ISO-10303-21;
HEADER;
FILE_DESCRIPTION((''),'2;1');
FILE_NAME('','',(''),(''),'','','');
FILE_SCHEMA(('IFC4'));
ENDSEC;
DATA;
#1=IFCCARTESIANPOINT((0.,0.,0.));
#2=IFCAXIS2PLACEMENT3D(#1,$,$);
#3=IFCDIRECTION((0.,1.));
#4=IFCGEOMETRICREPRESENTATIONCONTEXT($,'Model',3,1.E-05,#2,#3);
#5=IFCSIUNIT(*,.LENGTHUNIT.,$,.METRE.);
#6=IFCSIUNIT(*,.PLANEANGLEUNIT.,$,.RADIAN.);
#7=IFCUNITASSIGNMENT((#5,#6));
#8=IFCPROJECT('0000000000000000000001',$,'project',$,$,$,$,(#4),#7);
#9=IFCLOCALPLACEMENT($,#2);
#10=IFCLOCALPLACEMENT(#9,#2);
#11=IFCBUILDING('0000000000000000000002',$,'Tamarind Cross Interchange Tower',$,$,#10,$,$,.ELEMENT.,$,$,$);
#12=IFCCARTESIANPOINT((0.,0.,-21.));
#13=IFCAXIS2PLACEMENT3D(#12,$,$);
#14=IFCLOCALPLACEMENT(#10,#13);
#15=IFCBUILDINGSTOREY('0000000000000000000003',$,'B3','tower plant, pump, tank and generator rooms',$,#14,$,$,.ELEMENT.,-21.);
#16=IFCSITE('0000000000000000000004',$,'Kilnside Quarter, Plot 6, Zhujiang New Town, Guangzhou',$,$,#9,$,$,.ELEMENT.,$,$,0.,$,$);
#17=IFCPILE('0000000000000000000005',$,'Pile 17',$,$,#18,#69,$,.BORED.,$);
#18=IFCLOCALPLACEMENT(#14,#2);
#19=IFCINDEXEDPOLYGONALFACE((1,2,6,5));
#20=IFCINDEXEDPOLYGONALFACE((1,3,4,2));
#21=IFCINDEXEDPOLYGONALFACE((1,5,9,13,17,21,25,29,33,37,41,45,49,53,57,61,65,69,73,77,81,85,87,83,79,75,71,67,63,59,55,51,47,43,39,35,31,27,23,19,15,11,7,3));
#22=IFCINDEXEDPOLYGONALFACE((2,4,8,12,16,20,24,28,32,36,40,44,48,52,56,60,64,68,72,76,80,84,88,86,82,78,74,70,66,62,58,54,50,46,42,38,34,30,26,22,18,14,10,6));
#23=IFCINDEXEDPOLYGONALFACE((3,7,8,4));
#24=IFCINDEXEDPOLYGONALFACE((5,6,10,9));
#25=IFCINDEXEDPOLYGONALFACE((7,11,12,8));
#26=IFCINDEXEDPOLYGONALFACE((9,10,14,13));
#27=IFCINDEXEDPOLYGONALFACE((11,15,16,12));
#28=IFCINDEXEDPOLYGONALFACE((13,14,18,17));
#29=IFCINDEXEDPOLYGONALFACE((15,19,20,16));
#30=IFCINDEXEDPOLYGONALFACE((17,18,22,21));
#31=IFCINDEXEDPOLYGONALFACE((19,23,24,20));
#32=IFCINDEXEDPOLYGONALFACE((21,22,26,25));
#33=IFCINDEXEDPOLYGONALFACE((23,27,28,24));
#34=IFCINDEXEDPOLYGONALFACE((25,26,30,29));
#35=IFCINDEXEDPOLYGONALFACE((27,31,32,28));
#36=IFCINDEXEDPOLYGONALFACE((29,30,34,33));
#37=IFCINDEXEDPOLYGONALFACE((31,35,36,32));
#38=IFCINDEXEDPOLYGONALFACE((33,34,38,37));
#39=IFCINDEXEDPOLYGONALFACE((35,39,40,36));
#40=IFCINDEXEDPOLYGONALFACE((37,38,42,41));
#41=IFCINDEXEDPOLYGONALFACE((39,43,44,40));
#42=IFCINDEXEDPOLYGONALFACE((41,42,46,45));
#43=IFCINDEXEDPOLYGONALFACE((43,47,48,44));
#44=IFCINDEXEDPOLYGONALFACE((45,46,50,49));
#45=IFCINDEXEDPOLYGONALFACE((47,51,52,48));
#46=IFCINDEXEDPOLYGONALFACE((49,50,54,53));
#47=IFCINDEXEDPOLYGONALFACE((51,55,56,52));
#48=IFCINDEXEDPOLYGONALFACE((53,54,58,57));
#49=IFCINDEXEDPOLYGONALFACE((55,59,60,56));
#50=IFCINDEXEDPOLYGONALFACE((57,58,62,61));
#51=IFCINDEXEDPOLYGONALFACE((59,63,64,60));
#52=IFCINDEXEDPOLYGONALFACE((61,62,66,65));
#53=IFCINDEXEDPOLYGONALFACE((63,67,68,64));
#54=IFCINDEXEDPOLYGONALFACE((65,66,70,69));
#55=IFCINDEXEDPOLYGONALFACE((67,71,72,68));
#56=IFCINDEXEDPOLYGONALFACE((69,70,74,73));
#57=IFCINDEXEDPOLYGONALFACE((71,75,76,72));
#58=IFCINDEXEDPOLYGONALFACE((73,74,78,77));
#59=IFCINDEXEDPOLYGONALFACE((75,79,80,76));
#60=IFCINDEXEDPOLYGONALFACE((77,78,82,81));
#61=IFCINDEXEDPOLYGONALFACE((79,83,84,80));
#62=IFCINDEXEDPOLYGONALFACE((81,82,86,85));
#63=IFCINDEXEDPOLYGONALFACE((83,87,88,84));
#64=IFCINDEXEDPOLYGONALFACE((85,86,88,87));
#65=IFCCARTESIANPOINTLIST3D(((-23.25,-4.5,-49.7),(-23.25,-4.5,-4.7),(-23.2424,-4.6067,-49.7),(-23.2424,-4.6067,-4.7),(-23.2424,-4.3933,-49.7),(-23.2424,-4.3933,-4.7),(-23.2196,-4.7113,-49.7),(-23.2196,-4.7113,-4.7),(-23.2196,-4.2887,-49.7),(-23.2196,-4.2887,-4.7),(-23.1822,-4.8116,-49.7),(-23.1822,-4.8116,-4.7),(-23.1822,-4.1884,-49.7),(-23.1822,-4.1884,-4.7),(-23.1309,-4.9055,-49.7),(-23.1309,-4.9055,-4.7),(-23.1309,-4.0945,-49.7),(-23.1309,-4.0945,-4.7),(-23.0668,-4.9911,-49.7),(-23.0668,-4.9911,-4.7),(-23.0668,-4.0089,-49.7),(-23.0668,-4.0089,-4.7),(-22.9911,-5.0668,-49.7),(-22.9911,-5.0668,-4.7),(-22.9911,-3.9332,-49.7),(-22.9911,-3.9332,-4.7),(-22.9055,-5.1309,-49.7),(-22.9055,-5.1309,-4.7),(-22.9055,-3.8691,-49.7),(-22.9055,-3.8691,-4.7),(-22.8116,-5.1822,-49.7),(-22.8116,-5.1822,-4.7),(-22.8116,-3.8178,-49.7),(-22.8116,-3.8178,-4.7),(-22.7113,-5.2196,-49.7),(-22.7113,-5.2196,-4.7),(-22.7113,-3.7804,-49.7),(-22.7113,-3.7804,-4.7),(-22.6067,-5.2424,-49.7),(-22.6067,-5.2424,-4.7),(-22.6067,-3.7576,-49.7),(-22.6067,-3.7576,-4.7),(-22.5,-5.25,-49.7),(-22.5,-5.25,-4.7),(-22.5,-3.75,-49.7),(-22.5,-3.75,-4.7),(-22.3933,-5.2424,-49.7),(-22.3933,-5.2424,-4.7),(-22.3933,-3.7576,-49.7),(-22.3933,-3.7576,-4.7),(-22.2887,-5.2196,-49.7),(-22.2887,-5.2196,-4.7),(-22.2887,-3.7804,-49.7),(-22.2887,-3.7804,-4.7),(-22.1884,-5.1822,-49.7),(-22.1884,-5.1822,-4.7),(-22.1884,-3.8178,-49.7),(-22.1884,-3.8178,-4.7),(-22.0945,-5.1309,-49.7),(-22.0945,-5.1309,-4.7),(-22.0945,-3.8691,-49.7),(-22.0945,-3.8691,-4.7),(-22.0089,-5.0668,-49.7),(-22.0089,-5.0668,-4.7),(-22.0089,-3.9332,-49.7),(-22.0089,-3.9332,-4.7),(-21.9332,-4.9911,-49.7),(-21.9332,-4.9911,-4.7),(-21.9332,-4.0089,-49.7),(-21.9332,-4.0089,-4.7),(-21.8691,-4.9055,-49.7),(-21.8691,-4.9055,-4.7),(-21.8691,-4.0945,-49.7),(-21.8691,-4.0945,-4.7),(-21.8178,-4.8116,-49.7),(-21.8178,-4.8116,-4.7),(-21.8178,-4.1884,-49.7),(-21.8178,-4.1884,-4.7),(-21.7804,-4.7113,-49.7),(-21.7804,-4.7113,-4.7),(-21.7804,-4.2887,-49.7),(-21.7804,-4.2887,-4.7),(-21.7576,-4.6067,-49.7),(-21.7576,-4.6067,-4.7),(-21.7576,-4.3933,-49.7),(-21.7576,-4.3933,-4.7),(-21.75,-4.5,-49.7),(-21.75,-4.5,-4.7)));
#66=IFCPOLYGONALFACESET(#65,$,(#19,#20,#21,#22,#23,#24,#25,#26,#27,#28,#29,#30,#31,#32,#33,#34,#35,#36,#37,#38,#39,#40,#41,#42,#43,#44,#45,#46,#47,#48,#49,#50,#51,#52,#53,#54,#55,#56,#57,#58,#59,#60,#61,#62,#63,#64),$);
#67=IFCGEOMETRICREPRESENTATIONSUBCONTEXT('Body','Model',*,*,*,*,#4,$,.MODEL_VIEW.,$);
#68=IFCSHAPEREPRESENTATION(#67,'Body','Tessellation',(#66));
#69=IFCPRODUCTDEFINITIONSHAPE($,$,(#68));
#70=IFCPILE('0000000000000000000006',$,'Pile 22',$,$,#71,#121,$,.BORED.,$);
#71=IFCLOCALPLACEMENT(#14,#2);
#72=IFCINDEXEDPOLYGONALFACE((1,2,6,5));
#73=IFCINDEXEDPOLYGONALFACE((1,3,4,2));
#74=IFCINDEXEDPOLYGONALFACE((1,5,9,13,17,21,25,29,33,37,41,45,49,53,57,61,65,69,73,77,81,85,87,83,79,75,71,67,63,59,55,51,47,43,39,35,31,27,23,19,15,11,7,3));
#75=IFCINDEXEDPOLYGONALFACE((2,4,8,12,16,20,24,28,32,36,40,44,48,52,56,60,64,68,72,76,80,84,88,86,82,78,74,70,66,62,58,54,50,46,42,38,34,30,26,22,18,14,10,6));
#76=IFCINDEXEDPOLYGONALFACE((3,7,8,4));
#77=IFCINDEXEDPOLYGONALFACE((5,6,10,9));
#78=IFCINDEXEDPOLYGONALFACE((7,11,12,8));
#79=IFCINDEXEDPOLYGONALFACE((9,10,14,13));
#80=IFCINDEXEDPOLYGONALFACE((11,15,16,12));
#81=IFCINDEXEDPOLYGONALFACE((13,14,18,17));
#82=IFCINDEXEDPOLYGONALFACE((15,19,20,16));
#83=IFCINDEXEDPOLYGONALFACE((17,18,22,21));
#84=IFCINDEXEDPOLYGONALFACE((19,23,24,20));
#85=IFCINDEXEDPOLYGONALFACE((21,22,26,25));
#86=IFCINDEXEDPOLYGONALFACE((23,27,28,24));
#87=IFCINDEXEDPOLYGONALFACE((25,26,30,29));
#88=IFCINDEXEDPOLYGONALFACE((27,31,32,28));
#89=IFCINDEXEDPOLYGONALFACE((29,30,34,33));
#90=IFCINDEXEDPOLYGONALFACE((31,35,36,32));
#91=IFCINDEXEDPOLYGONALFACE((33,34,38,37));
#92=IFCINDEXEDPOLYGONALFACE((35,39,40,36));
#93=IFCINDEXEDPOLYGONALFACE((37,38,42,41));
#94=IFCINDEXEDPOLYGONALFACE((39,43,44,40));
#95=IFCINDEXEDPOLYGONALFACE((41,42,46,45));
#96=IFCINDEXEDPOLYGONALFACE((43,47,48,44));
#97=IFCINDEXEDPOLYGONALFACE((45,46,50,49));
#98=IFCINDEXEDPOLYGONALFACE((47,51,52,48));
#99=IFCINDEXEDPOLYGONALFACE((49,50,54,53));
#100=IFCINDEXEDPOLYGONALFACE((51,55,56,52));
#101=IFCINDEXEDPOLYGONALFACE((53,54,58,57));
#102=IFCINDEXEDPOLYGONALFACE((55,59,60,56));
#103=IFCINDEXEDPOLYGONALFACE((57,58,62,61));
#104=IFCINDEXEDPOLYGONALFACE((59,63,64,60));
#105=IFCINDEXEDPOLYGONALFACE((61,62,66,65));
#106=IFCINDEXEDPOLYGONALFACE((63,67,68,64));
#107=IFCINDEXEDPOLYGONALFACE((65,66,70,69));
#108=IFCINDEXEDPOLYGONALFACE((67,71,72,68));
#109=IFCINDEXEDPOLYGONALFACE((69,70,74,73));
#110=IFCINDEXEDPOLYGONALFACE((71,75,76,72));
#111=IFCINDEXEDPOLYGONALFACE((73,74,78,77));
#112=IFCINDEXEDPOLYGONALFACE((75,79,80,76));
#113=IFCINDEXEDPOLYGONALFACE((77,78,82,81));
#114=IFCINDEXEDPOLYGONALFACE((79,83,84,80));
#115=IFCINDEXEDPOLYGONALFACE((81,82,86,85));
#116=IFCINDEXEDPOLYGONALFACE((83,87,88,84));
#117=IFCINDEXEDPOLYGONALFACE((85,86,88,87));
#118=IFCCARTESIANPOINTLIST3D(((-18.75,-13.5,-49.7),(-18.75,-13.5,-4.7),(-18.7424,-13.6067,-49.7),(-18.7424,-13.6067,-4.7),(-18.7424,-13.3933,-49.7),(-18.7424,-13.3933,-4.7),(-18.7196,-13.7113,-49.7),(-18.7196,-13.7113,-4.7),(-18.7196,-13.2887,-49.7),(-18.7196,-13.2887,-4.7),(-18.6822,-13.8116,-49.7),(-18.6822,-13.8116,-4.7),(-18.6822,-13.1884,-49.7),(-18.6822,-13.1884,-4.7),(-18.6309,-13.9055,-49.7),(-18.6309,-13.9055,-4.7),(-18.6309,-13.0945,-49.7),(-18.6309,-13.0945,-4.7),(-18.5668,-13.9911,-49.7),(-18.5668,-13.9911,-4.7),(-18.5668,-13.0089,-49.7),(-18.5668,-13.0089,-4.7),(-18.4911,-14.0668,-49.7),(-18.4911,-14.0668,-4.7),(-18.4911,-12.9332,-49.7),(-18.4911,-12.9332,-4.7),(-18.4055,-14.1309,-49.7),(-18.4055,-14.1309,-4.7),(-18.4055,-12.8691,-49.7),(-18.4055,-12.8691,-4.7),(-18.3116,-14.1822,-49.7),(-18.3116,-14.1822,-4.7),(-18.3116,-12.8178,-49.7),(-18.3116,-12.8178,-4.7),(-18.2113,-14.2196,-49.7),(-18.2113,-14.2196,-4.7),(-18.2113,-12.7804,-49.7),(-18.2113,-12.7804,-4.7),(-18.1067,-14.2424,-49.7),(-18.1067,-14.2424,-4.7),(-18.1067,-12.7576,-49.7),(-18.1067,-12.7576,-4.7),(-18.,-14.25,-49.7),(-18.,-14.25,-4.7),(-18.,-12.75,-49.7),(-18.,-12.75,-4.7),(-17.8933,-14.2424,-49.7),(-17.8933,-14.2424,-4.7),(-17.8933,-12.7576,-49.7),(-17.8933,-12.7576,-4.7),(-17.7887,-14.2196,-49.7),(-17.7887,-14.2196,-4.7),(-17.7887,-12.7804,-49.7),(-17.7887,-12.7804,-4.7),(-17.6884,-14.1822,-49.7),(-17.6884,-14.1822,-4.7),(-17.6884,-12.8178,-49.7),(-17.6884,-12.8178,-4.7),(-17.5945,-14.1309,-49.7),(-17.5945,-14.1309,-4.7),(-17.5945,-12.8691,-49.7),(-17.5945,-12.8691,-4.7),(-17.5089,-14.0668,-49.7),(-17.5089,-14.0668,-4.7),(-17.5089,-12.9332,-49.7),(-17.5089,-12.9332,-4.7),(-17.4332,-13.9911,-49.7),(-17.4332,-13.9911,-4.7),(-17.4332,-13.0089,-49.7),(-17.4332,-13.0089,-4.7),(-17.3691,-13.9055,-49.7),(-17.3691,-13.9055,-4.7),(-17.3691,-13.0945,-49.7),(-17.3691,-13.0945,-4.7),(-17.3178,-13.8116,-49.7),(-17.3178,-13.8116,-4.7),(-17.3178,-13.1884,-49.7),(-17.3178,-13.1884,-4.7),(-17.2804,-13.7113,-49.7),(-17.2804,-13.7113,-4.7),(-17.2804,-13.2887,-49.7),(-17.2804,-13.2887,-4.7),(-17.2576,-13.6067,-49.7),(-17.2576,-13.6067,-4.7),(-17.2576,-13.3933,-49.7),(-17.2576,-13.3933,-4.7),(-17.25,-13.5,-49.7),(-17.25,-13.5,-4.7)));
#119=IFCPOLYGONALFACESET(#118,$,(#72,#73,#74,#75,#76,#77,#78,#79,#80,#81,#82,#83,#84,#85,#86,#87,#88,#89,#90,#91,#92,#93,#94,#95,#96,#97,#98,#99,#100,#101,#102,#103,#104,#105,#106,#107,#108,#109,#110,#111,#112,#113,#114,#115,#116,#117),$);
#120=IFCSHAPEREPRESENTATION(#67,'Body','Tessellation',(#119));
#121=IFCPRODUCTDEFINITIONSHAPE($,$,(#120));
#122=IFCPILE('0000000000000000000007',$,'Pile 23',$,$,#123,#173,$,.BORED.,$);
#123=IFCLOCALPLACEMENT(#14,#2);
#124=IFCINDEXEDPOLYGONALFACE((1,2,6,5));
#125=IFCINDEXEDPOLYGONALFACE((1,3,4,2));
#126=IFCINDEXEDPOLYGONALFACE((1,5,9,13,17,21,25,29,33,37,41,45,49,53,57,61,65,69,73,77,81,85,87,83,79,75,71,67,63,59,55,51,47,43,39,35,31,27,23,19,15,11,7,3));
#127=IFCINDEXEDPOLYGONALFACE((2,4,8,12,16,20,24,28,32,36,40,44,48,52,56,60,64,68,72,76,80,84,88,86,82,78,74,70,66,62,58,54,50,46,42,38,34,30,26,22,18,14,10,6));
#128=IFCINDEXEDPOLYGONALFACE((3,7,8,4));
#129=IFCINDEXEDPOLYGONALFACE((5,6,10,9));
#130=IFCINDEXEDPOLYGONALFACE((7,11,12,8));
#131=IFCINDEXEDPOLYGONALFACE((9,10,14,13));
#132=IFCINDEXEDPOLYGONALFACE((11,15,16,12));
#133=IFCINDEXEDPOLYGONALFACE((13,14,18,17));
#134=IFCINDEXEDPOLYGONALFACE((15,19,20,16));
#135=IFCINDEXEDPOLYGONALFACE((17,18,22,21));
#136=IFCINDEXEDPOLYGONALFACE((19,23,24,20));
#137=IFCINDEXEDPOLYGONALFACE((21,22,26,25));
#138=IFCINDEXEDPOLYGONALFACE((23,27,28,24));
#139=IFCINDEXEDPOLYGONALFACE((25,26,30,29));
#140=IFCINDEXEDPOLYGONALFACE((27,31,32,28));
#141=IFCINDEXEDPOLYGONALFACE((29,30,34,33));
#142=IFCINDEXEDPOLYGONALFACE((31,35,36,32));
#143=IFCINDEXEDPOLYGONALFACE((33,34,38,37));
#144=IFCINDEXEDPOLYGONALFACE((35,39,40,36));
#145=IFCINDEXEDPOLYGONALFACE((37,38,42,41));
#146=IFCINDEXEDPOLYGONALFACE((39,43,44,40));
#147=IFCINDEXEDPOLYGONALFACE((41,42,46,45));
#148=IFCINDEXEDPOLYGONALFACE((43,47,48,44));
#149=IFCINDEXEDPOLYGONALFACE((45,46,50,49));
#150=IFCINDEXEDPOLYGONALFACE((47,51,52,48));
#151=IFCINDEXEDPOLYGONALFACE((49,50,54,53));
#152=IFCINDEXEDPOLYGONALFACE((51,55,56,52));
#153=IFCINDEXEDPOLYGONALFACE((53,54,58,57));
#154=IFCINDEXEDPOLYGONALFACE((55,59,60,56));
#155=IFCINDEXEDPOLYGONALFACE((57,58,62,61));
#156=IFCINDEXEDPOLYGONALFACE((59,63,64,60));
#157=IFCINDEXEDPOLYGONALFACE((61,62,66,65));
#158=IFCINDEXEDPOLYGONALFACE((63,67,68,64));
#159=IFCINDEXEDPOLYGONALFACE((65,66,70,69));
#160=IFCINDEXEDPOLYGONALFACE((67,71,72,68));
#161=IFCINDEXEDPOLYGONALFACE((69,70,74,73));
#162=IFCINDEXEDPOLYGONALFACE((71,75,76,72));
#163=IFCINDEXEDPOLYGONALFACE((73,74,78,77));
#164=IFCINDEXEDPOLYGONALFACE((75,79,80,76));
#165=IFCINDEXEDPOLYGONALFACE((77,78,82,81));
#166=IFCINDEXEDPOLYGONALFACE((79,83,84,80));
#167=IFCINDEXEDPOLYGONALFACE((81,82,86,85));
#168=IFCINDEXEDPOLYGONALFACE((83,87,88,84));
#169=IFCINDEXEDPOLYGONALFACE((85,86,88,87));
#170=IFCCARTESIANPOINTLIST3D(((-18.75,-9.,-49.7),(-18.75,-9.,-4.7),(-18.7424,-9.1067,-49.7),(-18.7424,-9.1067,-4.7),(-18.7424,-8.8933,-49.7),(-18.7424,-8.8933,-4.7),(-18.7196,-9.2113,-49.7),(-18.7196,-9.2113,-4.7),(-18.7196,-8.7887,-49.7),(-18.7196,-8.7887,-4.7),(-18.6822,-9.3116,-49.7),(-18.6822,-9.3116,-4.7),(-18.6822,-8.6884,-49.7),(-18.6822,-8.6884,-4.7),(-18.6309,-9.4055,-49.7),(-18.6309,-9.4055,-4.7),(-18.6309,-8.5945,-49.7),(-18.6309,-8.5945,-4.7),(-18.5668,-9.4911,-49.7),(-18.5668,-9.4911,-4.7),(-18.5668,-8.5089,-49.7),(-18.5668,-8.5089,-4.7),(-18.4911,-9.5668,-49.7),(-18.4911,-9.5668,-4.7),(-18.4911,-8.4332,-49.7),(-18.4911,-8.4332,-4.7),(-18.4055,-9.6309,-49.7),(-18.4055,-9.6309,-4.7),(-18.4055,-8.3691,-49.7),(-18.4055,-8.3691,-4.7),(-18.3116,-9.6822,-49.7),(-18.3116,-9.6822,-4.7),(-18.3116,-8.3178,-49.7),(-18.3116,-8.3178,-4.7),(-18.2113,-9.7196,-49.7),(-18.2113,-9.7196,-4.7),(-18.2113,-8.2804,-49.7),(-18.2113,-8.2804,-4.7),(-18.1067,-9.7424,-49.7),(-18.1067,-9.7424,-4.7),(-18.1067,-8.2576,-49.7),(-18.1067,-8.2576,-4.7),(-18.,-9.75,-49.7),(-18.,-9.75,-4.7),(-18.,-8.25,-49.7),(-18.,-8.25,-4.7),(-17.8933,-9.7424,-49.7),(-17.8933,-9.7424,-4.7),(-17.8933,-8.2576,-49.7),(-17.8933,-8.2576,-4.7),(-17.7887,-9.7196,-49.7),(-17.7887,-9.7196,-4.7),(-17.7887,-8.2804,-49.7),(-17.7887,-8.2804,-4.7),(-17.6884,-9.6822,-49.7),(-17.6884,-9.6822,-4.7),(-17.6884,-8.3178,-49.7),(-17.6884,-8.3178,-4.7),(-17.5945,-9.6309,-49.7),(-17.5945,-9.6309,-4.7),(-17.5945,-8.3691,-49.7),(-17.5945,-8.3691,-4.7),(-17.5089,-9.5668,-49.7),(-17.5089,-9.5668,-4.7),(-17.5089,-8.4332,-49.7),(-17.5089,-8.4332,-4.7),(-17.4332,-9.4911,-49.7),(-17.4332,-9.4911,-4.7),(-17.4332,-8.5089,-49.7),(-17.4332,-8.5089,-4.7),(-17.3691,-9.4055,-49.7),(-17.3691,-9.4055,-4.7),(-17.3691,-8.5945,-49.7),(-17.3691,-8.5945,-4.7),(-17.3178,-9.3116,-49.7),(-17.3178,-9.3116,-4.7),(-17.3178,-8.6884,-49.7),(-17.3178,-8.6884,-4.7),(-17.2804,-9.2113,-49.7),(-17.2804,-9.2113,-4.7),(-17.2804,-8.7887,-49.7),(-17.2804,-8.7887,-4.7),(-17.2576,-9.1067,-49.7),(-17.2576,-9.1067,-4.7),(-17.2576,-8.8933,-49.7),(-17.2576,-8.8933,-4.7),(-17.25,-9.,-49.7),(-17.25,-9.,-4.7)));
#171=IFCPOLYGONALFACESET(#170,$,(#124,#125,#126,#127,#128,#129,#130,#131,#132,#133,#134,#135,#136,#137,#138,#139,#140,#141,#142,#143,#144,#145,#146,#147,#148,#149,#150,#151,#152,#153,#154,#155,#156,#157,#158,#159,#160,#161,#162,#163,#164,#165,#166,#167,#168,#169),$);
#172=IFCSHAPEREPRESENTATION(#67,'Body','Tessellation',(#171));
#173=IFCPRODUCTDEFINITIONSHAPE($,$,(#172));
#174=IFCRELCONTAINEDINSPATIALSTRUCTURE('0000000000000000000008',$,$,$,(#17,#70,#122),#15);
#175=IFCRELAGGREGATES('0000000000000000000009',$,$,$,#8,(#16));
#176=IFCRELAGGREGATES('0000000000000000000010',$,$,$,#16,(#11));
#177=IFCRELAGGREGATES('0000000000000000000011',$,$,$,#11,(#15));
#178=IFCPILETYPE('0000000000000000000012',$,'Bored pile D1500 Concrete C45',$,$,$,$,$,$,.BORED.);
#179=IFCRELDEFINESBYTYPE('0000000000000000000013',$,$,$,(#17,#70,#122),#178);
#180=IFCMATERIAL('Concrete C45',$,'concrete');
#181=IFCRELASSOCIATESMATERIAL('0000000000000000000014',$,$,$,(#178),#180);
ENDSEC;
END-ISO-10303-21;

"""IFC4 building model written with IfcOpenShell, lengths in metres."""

from ifc_helpers import new_model, si_unit, direction, frame, origin, origin_2d, place, context, subcontext, project, spatial, circle, extrude, material, material_profile, profile_set, type_object, element, save


model = new_model("IFC4")

# Units and contexts
model_context = context("Model", 3, precision=1e-05, world=origin(), true_north=direction((0.0, 1.0)))
body_context = subcontext(model_context, "Body", "Model", "MODEL_VIEW")
ifc_project = project(units=[si_unit("LENGTHUNIT", "METRE"), si_unit("PLANEANGLEUNIT", "RADIAN")], contexts=[model_context])

# Site, building, storey
site_placement = place(None, origin())
site = spatial("IfcSite", under=ifc_project, at=site_placement, Name="Kilnside Quarter, Plot 6, Zhujiang New Town, Guangzhou", CompositionType="ELEMENT", RefElevation=0.0)
building_placement = place(site_placement, origin())
building = spatial("IfcBuilding", under=site, at=building_placement, Name="Tamarind Cross Interchange Tower", CompositionType="ELEMENT")
storey_placement = place(building_placement, frame((0.0, 0.0, -21.0)))
storey = spatial("IfcBuildingStorey", under=building, at=storey_placement, Name="B3", Description="tower plant, pump, tank and generator rooms", CompositionType="ELEMENT", Elevation=-21.0)

# Piles
ifc_material_1 = material(Name="Concrete C45", Category="concrete")
ifc_material_profile_1 = material_profile(ifc_material_1, circle(Radius=0.75, at=origin_2d()), Name="RC D1500")
ifc_profile_set_1 = profile_set([ifc_material_profile_1], Name="Concrete C45")
pile_type = type_object("IfcPileType", Name="Bored pile D1500 Concrete C45", PredefinedType="BORED", material=ifc_profile_set_1)
for number, where, z_axis, x_axis, name in (
    (1, (-22.5, -4.5, -4.7), (0.0, 0.0, -1.0), (1.0, 0.0, 0.0), "Pile 17"),
    (2, (-18.0, -13.5, -4.7), (0.0, 0.0, -1.0), (1.0, 0.0, 0.0), "Pile 22"),
    (3, (-18.0, -9.0, -4.7), (0.0, 0.0, -1.0), (1.0, 0.0, 0.0), "Pile 23"),
):
    element("IfcPile", number, at=place(storey_placement, frame(where, z_axis=z_axis, x_axis=x_axis)), inside=storey, type_object=pile_type, Name=name, PredefinedType="BORED", context=body_context, shape_type="SweptSolid", body=[
        extrude(circle(Radius=0.75, at=origin_2d()), origin(), (0.0, 0.0, 1.0), 45.0),
    ])

save(model, "model.ifc")
